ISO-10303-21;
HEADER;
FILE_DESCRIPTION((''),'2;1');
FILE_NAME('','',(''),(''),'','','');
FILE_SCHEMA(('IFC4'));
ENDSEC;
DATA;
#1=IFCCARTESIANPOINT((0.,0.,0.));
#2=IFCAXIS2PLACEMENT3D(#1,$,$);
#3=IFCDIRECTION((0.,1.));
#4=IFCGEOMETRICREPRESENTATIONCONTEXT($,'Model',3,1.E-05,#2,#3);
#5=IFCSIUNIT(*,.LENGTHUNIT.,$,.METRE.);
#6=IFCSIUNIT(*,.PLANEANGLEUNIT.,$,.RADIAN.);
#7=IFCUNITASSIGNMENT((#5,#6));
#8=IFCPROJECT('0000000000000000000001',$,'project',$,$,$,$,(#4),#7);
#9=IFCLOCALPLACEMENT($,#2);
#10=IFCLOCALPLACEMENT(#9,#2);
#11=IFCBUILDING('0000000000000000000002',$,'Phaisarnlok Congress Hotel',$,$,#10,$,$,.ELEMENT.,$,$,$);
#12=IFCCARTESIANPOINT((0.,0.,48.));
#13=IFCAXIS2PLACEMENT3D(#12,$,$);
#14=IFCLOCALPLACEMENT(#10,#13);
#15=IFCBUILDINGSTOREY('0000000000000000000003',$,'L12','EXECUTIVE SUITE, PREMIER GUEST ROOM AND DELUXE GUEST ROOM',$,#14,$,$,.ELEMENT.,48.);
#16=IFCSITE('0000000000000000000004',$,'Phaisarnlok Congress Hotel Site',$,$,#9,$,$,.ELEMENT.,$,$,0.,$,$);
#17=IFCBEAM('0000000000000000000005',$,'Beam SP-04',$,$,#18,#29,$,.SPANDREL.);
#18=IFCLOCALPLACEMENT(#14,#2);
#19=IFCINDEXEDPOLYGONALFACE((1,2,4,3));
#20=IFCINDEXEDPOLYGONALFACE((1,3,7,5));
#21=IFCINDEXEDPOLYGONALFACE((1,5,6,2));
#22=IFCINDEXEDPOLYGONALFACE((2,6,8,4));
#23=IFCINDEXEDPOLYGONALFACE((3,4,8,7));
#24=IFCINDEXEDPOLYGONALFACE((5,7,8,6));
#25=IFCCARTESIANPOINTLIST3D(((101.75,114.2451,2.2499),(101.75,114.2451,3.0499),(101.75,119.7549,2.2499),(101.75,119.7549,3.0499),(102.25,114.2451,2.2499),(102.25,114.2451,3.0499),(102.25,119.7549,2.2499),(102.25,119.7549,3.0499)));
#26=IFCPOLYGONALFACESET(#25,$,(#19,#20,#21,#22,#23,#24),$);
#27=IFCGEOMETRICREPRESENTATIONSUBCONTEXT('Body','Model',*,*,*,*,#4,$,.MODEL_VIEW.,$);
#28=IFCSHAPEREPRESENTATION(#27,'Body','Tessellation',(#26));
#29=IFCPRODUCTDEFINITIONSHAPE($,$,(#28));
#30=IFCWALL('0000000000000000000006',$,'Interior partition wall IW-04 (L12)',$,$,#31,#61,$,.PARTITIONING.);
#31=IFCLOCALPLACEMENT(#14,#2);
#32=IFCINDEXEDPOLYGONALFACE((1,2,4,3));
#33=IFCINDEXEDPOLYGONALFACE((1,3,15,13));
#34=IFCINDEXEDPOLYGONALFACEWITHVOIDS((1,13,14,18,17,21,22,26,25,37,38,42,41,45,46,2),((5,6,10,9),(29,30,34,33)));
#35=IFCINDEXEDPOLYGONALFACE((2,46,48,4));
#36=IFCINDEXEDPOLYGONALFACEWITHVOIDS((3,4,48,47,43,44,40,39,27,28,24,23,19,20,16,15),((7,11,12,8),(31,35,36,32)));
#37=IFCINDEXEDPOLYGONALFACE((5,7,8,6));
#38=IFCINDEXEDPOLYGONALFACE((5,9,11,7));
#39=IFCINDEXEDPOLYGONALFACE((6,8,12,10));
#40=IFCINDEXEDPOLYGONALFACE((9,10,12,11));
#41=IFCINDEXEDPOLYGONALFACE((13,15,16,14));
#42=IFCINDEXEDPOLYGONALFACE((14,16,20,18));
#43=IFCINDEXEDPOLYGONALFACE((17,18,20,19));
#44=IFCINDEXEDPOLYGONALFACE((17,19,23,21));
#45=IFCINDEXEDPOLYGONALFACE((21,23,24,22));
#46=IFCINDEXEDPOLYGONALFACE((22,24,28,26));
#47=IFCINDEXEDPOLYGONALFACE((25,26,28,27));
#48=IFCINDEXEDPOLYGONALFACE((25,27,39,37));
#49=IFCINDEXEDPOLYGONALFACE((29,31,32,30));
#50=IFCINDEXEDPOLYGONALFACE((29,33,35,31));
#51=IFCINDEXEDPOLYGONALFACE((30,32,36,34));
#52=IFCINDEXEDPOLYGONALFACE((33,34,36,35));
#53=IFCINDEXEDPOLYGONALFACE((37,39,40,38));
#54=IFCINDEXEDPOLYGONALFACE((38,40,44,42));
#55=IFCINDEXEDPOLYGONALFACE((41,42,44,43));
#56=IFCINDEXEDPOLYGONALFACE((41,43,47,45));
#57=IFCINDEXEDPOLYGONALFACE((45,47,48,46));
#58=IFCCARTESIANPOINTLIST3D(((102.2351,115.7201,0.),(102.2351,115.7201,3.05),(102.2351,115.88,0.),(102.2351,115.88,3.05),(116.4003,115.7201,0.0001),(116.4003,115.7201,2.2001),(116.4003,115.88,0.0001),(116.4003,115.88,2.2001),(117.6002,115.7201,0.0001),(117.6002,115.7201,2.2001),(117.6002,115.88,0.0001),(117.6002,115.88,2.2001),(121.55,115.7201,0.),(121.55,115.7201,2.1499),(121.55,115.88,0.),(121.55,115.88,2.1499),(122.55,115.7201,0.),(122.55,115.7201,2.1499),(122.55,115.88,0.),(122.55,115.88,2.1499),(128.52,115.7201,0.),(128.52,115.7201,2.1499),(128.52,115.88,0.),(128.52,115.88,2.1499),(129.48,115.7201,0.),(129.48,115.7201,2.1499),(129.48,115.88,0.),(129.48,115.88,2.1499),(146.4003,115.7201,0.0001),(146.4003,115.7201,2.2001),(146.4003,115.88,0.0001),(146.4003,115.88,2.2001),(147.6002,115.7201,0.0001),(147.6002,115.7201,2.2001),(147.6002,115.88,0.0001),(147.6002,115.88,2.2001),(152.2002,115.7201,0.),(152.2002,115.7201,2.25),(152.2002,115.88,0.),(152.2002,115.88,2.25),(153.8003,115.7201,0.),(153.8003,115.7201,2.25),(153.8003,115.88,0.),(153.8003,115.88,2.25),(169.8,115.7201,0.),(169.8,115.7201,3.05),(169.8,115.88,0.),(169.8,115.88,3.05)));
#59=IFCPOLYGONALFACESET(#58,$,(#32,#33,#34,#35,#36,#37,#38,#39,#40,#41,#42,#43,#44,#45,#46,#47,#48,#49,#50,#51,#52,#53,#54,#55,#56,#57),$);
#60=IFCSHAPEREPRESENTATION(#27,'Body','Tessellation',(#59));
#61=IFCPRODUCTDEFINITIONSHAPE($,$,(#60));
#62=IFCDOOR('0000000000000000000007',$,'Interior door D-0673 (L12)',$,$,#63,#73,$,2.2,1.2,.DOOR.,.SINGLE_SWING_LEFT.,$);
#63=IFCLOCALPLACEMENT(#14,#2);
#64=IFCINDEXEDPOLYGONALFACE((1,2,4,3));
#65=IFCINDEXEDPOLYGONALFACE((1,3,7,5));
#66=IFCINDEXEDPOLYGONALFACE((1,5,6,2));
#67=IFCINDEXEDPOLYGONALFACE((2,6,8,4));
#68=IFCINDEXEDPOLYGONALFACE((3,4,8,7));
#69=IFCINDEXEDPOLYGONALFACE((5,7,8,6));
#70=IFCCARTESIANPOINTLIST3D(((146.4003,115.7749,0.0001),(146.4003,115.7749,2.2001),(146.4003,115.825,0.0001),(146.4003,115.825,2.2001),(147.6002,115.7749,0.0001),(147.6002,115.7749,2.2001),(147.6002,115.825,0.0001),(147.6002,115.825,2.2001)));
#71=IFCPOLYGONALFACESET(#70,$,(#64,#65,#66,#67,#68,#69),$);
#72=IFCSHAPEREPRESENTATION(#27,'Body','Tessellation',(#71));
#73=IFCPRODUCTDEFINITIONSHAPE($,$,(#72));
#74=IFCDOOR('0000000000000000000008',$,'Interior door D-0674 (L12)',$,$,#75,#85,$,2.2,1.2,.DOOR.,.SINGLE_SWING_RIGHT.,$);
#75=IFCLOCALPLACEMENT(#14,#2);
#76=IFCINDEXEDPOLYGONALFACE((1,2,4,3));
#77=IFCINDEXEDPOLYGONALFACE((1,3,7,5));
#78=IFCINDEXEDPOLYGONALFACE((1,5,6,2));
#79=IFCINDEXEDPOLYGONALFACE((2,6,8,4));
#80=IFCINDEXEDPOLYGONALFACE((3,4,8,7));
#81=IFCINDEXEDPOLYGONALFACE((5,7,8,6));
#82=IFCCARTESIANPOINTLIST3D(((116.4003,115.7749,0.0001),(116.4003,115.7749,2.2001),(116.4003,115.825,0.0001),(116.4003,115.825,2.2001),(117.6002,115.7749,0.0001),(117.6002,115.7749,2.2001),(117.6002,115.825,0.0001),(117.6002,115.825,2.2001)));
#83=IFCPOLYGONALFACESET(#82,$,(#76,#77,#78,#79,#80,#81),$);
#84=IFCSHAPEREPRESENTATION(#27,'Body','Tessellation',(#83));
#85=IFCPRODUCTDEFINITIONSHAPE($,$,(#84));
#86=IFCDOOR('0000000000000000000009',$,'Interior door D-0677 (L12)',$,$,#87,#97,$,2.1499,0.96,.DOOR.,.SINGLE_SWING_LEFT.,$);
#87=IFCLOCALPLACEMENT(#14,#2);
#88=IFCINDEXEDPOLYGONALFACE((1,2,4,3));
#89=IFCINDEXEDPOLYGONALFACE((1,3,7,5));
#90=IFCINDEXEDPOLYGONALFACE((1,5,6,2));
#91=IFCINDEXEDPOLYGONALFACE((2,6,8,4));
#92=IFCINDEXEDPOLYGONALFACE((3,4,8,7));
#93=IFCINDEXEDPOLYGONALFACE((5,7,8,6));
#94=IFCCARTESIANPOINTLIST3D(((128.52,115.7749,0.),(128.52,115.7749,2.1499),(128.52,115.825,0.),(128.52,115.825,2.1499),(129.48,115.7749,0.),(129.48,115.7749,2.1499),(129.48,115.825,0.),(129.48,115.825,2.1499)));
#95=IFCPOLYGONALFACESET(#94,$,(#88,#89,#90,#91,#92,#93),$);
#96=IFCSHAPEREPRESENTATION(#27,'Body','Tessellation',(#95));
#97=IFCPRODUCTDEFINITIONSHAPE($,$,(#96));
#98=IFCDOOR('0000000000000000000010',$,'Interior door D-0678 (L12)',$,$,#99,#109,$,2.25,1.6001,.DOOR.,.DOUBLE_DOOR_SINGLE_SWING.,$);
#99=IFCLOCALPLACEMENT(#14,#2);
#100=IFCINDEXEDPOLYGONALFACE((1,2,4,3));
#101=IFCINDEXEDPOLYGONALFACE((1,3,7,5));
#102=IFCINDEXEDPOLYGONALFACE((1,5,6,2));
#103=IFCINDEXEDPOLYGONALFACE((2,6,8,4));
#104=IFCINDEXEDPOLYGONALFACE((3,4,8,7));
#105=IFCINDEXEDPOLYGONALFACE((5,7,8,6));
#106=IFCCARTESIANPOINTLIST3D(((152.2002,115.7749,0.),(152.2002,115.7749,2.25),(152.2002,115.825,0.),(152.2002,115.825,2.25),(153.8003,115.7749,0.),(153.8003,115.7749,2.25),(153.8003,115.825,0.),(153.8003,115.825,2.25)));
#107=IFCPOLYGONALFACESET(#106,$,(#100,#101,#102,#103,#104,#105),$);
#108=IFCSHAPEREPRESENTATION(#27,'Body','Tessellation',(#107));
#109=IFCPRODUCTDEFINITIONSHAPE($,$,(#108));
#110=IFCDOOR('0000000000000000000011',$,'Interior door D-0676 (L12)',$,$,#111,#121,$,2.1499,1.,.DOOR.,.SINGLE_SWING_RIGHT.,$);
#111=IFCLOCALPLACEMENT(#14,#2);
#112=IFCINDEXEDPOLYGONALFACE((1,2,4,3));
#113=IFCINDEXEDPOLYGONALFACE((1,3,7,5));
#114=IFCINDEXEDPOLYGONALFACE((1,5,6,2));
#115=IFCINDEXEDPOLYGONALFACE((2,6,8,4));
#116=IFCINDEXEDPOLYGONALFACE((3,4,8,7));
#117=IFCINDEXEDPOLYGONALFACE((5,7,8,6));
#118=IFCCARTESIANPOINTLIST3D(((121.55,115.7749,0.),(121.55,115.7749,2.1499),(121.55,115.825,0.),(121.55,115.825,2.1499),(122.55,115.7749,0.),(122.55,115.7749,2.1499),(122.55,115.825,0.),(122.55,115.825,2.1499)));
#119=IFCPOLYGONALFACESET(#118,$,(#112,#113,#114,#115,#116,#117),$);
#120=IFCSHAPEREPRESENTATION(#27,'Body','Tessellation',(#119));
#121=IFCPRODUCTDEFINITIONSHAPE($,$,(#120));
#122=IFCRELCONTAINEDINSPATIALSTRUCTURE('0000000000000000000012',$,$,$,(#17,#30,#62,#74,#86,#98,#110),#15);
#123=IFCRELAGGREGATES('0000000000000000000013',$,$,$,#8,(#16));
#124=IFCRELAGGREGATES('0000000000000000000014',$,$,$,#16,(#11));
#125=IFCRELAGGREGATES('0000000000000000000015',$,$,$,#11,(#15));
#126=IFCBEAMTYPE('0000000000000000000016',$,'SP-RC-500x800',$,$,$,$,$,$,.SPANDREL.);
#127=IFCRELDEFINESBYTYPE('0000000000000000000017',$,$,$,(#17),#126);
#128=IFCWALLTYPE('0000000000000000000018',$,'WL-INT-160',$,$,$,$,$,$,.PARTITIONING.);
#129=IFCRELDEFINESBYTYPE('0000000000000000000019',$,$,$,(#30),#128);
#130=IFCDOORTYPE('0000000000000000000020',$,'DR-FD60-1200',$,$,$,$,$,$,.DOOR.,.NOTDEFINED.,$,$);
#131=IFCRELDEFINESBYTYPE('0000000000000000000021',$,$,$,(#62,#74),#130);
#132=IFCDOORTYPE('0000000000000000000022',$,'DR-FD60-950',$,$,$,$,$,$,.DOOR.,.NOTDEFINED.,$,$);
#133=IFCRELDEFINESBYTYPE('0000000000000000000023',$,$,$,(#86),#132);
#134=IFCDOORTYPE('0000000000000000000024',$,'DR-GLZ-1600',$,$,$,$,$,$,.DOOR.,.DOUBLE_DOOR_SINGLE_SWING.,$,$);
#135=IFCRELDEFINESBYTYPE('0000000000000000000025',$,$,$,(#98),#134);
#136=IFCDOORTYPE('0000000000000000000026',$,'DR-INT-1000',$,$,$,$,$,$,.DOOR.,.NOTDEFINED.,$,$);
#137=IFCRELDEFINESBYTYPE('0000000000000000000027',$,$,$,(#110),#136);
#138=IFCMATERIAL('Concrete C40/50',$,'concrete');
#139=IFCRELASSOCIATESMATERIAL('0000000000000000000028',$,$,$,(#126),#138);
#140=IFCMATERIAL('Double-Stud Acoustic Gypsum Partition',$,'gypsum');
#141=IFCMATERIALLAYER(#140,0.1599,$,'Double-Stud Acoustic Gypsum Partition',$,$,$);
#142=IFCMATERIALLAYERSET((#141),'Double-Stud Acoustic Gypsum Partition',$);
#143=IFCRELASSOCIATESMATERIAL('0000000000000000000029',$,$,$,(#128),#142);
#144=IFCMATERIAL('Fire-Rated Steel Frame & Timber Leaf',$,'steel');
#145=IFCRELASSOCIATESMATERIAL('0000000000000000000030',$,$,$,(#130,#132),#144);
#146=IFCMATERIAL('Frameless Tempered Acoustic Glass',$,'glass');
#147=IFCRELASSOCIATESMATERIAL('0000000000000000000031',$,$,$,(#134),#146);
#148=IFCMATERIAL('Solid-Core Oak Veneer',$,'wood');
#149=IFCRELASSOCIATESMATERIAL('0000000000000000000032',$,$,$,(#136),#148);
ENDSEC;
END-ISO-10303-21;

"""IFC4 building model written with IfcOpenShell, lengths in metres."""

from ifc_helpers import new_model, si_unit, direction, frame, frame_2d, origin, origin_2d, place, context, subcontext, project, spatial, rectangle, extrude, material, layer, layer_set, material_profile, profile_set, type_object, element, fill, save


model = new_model("IFC4")

# Units and contexts
model_context = context("Model", 3, precision=1e-05, world=origin(), true_north=direction((0.0, 1.0)))
body_context = subcontext(model_context, "Body", "Model", "MODEL_VIEW")
ifc_project = project(units=[si_unit("LENGTHUNIT", "METRE"), si_unit("PLANEANGLEUNIT", "RADIAN")], contexts=[model_context])

# Site, building, storey
site_placement = place(None, origin())
site = spatial("IfcSite", under=ifc_project, at=site_placement, Name="Phaisarnlok Congress Hotel Site", CompositionType="ELEMENT", RefElevation=0.0)
building_placement = place(site_placement, origin())
building = spatial("IfcBuilding", under=site, at=building_placement, Name="Phaisarnlok Congress Hotel", CompositionType="ELEMENT")
storey_placement = place(building_placement, frame((0.0, 0.0, 48.0)))
storey = spatial("IfcBuildingStorey", under=building, at=storey_placement, Name="L12", Description="EXECUTIVE SUITE, PREMIER GUEST ROOM AND DELUXE GUEST ROOM", CompositionType="ELEMENT", Elevation=48.0)

# Beam
ifc_material_1 = material(Name="Concrete C40/50", Category="concrete")
ifc_material_profile = material_profile(ifc_material_1, rectangle(XDim=0.5, YDim=0.8, at=origin_2d()), Name="RC 500x800")
ifc_profile_set = profile_set([ifc_material_profile], Name="Concrete C40/50")
beam_type = type_object("IfcBeamType", Name="SP-RC-500x800", PredefinedType="SPANDREL", material=ifc_profile_set)
beam_placement = place(storey_placement, frame((102.0, 114.2451, 2.6499), z_axis=(0.0, 1.0, 0.0), x_axis=(-1.0, 0.0, 0.0)))
element("IfcBeam", 1, at=beam_placement, inside=storey, type_object=beam_type, Name="Beam SP-04", PredefinedType="SPANDREL", context=body_context, shape_type="SweptSolid", body=[
    extrude(rectangle(XDim=0.5, YDim=0.8, at=origin_2d()), origin(), (0.0, 0.0, 1.0), 5.5098),
])

# Wall, openings, doors
ifc_material_2 = material(Name="Double-Stud Acoustic Gypsum Partition", Category="gypsum")
ifc_layer_1 = layer(ifc_material_2, 0.1599, Name="Double-Stud Acoustic Gypsum Partition")
ifc_layer_set_1 = layer_set([ifc_layer_1], Name="Double-Stud Acoustic Gypsum Partition")
wall_type_1 = type_object("IfcWallType", Name="WL-INT-160", PredefinedType="PARTITIONING", material=ifc_layer_set_1)
wall_1_placement = place(storey_placement, frame((102.2351, 115.8, 0.0), z_axis=(0.0, 0.0, 1.0), x_axis=(1.0, 0.0, 0.0)))
wall_1 = element("IfcWall", 2, at=wall_1_placement, inside=storey, type_object=wall_type_1, Name="Interior partition wall IW-04 (L12)", PredefinedType="PARTITIONING", context=body_context, shape_type="SweptSolid", body=[
    extrude(rectangle(XDim=67.5649, YDim=0.1599, at=frame_2d((33.7825, 0.0))), origin(), (0.0, 0.0, 1.0), 3.05),
])
opening_1_placement = place(wall_1_placement, frame((44.165, 0.0, 0.0)))
opening_1 = element("IfcOpeningElement", 3, at=opening_1_placement, cuts=wall_1, PredefinedType="OPENING", context=body_context, shape_type="SweptSolid", body=[
    extrude(rectangle(XDim=1.2, YDim=2.2, at=frame_2d((0.6001, 1.1001))), frame((0.0, 0.0898, 0.0), z_axis=(0.0, -1.0, 0.0), x_axis=(1.0, 0.0, 0.0)), (0.0, 0.0, 1.0), 0.1799),
])
opening_2_placement = place(wall_1_placement, frame((14.165, 0.0, 0.0)))
opening_2 = element("IfcOpeningElement", 4, at=opening_2_placement, cuts=wall_1, PredefinedType="OPENING", context=body_context, shape_type="SweptSolid", body=[
    extrude(rectangle(XDim=1.2, YDim=2.2, at=frame_2d((0.6001, 1.1001))), frame((0.0, 0.0898, 0.0), z_axis=(0.0, -1.0, 0.0), x_axis=(1.0, 0.0, 0.0)), (0.0, 0.0, 1.0), 0.1799),
])
opening_3_placement = place(wall_1_placement, frame((19.3149, 0.0, 0.0)))
opening_3 = element("IfcOpeningElement", 5, at=opening_3_placement, cuts=wall_1, PredefinedType="OPENING", context=body_context, shape_type="SweptSolid", body=[
    extrude(rectangle(XDim=1.0, YDim=2.1499, at=frame_2d((0.5, 1.075))), frame((0.0, 0.0898, 0.0), z_axis=(0.0, -1.0, 0.0), x_axis=(1.0, 0.0, 0.0)), (0.0, 0.0, 1.0), 0.1799),
])
opening_4_placement = place(wall_1_placement, frame((26.2849, 0.0, 0.0)))
opening_4 = element("IfcOpeningElement", 6, at=opening_4_placement, cuts=wall_1, PredefinedType="OPENING", context=body_context, shape_type="SweptSolid", body=[
    extrude(rectangle(XDim=0.96, YDim=2.1499, at=frame_2d((0.48, 1.075))), frame((0.0, 0.0898, 0.0), z_axis=(0.0, -1.0, 0.0), x_axis=(1.0, 0.0, 0.0)), (0.0, 0.0, 1.0), 0.1799),
])
opening_5_placement = place(wall_1_placement, frame((49.9651, 0.0, 0.0)))
opening_5 = element("IfcOpeningElement", 7, at=opening_5_placement, cuts=wall_1, PredefinedType="OPENING", context=body_context, shape_type="SweptSolid", body=[
    extrude(rectangle(XDim=1.6001, YDim=2.25, at=frame_2d((0.8, 1.125))), frame((0.0, 0.0898, 0.0), z_axis=(0.0, -1.0, 0.0), x_axis=(1.0, 0.0, 0.0)), (0.0, 0.0, 1.0), 0.1799),
])
ifc_material_3 = material(Name="Fire-Rated Steel Frame & Timber Leaf", Category="steel")
door_type_1 = type_object("IfcDoorType", Name="DR-FD60-1200", OperationType="NOTDEFINED", PredefinedType="DOOR", material=ifc_material_3)
door_1_placement = place(opening_1_placement, origin())
door_1 = element("IfcDoor", 8, at=door_1_placement, inside=storey, type_object=door_type_1, Name="Interior door D-0673 (L12)", OperationType="SINGLE_SWING_LEFT", OverallHeight=2.2, OverallWidth=1.2, PredefinedType="DOOR", context=body_context, shape_type="SweptSolid", body=[
    extrude(rectangle(XDim=1.2, YDim=2.2, at=frame_2d((0.6001, 1.1001))), frame((0.0, 0.0249, 0.0), z_axis=(0.0, -1.0, 0.0), x_axis=(1.0, 0.0, 0.0)), (0.0, 0.0, 1.0), 0.05),
])
fill(opening_1, door_1)
door_2_placement = place(opening_2_placement, origin())
door_2 = element("IfcDoor", 9, at=door_2_placement, inside=storey, type_object=door_type_1, Name="Interior door D-0674 (L12)", OperationType="SINGLE_SWING_RIGHT", OverallHeight=2.2, OverallWidth=1.2, PredefinedType="DOOR", context=body_context, shape_type="SweptSolid", body=[
    extrude(rectangle(XDim=1.2, YDim=2.2, at=frame_2d((0.6001, 1.1001))), frame((0.0, 0.0249, 0.0), z_axis=(0.0, -1.0, 0.0), x_axis=(1.0, 0.0, 0.0)), (0.0, 0.0, 1.0), 0.05),
])
fill(opening_2, door_2)
door_type_2 = type_object("IfcDoorType", Name="DR-FD60-950", OperationType="NOTDEFINED", PredefinedType="DOOR", material=ifc_material_3)
door_3_placement = place(opening_4_placement, origin())
door_3 = element("IfcDoor", 10, at=door_3_placement, inside=storey, type_object=door_type_2, Name="Interior door D-0677 (L12)", OperationType="SINGLE_SWING_LEFT", OverallHeight=2.1499, OverallWidth=0.96, PredefinedType="DOOR", context=body_context, shape_type="SweptSolid", body=[
    extrude(rectangle(XDim=0.96, YDim=2.1499, at=frame_2d((0.48, 1.075))), frame((0.0, 0.0249, 0.0), z_axis=(0.0, -1.0, 0.0), x_axis=(1.0, 0.0, 0.0)), (0.0, 0.0, 1.0), 0.05),
])
fill(opening_4, door_3)
ifc_material_4 = material(Name="Frameless Tempered Acoustic Glass", Category="glass")
door_type_3 = type_object("IfcDoorType", Name="DR-GLZ-1600", OperationType="DOUBLE_DOOR_SINGLE_SWING", PredefinedType="DOOR", material=ifc_material_4)
door_4_placement = place(opening_5_placement, origin())
door_4 = element("IfcDoor", 11, at=door_4_placement, inside=storey, type_object=door_type_3, Name="Interior door D-0678 (L12)", OperationType="DOUBLE_DOOR_SINGLE_SWING", OverallHeight=2.25, OverallWidth=1.6001, PredefinedType="DOOR", context=body_context, shape_type="SweptSolid", body=[
    extrude(rectangle(XDim=1.6001, YDim=2.25, at=frame_2d((0.8, 1.125))), frame((0.0, 0.0249, 0.0), z_axis=(0.0, -1.0, 0.0), x_axis=(1.0, 0.0, 0.0)), (0.0, 0.0, 1.0), 0.05),
])
fill(opening_5, door_4)
ifc_material_5 = material(Name="Solid-Core Oak Veneer", Category="wood")
door_type_4 = type_object("IfcDoorType", Name="DR-INT-1000", OperationType="NOTDEFINED", PredefinedType="DOOR", material=ifc_material_5)
door_5_placement = place(opening_3_placement, origin())
door_5 = element("IfcDoor", 12, at=door_5_placement, inside=storey, type_object=door_type_4, Name="Interior door D-0676 (L12)", OperationType="SINGLE_SWING_RIGHT", OverallHeight=2.1499, OverallWidth=1.0, PredefinedType="DOOR", context=body_context, shape_type="SweptSolid", body=[
    extrude(rectangle(XDim=1.0, YDim=2.1499, at=frame_2d((0.5, 1.075))), frame((0.0, 0.0249, 0.0), z_axis=(0.0, -1.0, 0.0), x_axis=(1.0, 0.0, 0.0)), (0.0, 0.0, 1.0), 0.05),
])
fill(opening_3, door_5)

save(model, "model.ifc")
